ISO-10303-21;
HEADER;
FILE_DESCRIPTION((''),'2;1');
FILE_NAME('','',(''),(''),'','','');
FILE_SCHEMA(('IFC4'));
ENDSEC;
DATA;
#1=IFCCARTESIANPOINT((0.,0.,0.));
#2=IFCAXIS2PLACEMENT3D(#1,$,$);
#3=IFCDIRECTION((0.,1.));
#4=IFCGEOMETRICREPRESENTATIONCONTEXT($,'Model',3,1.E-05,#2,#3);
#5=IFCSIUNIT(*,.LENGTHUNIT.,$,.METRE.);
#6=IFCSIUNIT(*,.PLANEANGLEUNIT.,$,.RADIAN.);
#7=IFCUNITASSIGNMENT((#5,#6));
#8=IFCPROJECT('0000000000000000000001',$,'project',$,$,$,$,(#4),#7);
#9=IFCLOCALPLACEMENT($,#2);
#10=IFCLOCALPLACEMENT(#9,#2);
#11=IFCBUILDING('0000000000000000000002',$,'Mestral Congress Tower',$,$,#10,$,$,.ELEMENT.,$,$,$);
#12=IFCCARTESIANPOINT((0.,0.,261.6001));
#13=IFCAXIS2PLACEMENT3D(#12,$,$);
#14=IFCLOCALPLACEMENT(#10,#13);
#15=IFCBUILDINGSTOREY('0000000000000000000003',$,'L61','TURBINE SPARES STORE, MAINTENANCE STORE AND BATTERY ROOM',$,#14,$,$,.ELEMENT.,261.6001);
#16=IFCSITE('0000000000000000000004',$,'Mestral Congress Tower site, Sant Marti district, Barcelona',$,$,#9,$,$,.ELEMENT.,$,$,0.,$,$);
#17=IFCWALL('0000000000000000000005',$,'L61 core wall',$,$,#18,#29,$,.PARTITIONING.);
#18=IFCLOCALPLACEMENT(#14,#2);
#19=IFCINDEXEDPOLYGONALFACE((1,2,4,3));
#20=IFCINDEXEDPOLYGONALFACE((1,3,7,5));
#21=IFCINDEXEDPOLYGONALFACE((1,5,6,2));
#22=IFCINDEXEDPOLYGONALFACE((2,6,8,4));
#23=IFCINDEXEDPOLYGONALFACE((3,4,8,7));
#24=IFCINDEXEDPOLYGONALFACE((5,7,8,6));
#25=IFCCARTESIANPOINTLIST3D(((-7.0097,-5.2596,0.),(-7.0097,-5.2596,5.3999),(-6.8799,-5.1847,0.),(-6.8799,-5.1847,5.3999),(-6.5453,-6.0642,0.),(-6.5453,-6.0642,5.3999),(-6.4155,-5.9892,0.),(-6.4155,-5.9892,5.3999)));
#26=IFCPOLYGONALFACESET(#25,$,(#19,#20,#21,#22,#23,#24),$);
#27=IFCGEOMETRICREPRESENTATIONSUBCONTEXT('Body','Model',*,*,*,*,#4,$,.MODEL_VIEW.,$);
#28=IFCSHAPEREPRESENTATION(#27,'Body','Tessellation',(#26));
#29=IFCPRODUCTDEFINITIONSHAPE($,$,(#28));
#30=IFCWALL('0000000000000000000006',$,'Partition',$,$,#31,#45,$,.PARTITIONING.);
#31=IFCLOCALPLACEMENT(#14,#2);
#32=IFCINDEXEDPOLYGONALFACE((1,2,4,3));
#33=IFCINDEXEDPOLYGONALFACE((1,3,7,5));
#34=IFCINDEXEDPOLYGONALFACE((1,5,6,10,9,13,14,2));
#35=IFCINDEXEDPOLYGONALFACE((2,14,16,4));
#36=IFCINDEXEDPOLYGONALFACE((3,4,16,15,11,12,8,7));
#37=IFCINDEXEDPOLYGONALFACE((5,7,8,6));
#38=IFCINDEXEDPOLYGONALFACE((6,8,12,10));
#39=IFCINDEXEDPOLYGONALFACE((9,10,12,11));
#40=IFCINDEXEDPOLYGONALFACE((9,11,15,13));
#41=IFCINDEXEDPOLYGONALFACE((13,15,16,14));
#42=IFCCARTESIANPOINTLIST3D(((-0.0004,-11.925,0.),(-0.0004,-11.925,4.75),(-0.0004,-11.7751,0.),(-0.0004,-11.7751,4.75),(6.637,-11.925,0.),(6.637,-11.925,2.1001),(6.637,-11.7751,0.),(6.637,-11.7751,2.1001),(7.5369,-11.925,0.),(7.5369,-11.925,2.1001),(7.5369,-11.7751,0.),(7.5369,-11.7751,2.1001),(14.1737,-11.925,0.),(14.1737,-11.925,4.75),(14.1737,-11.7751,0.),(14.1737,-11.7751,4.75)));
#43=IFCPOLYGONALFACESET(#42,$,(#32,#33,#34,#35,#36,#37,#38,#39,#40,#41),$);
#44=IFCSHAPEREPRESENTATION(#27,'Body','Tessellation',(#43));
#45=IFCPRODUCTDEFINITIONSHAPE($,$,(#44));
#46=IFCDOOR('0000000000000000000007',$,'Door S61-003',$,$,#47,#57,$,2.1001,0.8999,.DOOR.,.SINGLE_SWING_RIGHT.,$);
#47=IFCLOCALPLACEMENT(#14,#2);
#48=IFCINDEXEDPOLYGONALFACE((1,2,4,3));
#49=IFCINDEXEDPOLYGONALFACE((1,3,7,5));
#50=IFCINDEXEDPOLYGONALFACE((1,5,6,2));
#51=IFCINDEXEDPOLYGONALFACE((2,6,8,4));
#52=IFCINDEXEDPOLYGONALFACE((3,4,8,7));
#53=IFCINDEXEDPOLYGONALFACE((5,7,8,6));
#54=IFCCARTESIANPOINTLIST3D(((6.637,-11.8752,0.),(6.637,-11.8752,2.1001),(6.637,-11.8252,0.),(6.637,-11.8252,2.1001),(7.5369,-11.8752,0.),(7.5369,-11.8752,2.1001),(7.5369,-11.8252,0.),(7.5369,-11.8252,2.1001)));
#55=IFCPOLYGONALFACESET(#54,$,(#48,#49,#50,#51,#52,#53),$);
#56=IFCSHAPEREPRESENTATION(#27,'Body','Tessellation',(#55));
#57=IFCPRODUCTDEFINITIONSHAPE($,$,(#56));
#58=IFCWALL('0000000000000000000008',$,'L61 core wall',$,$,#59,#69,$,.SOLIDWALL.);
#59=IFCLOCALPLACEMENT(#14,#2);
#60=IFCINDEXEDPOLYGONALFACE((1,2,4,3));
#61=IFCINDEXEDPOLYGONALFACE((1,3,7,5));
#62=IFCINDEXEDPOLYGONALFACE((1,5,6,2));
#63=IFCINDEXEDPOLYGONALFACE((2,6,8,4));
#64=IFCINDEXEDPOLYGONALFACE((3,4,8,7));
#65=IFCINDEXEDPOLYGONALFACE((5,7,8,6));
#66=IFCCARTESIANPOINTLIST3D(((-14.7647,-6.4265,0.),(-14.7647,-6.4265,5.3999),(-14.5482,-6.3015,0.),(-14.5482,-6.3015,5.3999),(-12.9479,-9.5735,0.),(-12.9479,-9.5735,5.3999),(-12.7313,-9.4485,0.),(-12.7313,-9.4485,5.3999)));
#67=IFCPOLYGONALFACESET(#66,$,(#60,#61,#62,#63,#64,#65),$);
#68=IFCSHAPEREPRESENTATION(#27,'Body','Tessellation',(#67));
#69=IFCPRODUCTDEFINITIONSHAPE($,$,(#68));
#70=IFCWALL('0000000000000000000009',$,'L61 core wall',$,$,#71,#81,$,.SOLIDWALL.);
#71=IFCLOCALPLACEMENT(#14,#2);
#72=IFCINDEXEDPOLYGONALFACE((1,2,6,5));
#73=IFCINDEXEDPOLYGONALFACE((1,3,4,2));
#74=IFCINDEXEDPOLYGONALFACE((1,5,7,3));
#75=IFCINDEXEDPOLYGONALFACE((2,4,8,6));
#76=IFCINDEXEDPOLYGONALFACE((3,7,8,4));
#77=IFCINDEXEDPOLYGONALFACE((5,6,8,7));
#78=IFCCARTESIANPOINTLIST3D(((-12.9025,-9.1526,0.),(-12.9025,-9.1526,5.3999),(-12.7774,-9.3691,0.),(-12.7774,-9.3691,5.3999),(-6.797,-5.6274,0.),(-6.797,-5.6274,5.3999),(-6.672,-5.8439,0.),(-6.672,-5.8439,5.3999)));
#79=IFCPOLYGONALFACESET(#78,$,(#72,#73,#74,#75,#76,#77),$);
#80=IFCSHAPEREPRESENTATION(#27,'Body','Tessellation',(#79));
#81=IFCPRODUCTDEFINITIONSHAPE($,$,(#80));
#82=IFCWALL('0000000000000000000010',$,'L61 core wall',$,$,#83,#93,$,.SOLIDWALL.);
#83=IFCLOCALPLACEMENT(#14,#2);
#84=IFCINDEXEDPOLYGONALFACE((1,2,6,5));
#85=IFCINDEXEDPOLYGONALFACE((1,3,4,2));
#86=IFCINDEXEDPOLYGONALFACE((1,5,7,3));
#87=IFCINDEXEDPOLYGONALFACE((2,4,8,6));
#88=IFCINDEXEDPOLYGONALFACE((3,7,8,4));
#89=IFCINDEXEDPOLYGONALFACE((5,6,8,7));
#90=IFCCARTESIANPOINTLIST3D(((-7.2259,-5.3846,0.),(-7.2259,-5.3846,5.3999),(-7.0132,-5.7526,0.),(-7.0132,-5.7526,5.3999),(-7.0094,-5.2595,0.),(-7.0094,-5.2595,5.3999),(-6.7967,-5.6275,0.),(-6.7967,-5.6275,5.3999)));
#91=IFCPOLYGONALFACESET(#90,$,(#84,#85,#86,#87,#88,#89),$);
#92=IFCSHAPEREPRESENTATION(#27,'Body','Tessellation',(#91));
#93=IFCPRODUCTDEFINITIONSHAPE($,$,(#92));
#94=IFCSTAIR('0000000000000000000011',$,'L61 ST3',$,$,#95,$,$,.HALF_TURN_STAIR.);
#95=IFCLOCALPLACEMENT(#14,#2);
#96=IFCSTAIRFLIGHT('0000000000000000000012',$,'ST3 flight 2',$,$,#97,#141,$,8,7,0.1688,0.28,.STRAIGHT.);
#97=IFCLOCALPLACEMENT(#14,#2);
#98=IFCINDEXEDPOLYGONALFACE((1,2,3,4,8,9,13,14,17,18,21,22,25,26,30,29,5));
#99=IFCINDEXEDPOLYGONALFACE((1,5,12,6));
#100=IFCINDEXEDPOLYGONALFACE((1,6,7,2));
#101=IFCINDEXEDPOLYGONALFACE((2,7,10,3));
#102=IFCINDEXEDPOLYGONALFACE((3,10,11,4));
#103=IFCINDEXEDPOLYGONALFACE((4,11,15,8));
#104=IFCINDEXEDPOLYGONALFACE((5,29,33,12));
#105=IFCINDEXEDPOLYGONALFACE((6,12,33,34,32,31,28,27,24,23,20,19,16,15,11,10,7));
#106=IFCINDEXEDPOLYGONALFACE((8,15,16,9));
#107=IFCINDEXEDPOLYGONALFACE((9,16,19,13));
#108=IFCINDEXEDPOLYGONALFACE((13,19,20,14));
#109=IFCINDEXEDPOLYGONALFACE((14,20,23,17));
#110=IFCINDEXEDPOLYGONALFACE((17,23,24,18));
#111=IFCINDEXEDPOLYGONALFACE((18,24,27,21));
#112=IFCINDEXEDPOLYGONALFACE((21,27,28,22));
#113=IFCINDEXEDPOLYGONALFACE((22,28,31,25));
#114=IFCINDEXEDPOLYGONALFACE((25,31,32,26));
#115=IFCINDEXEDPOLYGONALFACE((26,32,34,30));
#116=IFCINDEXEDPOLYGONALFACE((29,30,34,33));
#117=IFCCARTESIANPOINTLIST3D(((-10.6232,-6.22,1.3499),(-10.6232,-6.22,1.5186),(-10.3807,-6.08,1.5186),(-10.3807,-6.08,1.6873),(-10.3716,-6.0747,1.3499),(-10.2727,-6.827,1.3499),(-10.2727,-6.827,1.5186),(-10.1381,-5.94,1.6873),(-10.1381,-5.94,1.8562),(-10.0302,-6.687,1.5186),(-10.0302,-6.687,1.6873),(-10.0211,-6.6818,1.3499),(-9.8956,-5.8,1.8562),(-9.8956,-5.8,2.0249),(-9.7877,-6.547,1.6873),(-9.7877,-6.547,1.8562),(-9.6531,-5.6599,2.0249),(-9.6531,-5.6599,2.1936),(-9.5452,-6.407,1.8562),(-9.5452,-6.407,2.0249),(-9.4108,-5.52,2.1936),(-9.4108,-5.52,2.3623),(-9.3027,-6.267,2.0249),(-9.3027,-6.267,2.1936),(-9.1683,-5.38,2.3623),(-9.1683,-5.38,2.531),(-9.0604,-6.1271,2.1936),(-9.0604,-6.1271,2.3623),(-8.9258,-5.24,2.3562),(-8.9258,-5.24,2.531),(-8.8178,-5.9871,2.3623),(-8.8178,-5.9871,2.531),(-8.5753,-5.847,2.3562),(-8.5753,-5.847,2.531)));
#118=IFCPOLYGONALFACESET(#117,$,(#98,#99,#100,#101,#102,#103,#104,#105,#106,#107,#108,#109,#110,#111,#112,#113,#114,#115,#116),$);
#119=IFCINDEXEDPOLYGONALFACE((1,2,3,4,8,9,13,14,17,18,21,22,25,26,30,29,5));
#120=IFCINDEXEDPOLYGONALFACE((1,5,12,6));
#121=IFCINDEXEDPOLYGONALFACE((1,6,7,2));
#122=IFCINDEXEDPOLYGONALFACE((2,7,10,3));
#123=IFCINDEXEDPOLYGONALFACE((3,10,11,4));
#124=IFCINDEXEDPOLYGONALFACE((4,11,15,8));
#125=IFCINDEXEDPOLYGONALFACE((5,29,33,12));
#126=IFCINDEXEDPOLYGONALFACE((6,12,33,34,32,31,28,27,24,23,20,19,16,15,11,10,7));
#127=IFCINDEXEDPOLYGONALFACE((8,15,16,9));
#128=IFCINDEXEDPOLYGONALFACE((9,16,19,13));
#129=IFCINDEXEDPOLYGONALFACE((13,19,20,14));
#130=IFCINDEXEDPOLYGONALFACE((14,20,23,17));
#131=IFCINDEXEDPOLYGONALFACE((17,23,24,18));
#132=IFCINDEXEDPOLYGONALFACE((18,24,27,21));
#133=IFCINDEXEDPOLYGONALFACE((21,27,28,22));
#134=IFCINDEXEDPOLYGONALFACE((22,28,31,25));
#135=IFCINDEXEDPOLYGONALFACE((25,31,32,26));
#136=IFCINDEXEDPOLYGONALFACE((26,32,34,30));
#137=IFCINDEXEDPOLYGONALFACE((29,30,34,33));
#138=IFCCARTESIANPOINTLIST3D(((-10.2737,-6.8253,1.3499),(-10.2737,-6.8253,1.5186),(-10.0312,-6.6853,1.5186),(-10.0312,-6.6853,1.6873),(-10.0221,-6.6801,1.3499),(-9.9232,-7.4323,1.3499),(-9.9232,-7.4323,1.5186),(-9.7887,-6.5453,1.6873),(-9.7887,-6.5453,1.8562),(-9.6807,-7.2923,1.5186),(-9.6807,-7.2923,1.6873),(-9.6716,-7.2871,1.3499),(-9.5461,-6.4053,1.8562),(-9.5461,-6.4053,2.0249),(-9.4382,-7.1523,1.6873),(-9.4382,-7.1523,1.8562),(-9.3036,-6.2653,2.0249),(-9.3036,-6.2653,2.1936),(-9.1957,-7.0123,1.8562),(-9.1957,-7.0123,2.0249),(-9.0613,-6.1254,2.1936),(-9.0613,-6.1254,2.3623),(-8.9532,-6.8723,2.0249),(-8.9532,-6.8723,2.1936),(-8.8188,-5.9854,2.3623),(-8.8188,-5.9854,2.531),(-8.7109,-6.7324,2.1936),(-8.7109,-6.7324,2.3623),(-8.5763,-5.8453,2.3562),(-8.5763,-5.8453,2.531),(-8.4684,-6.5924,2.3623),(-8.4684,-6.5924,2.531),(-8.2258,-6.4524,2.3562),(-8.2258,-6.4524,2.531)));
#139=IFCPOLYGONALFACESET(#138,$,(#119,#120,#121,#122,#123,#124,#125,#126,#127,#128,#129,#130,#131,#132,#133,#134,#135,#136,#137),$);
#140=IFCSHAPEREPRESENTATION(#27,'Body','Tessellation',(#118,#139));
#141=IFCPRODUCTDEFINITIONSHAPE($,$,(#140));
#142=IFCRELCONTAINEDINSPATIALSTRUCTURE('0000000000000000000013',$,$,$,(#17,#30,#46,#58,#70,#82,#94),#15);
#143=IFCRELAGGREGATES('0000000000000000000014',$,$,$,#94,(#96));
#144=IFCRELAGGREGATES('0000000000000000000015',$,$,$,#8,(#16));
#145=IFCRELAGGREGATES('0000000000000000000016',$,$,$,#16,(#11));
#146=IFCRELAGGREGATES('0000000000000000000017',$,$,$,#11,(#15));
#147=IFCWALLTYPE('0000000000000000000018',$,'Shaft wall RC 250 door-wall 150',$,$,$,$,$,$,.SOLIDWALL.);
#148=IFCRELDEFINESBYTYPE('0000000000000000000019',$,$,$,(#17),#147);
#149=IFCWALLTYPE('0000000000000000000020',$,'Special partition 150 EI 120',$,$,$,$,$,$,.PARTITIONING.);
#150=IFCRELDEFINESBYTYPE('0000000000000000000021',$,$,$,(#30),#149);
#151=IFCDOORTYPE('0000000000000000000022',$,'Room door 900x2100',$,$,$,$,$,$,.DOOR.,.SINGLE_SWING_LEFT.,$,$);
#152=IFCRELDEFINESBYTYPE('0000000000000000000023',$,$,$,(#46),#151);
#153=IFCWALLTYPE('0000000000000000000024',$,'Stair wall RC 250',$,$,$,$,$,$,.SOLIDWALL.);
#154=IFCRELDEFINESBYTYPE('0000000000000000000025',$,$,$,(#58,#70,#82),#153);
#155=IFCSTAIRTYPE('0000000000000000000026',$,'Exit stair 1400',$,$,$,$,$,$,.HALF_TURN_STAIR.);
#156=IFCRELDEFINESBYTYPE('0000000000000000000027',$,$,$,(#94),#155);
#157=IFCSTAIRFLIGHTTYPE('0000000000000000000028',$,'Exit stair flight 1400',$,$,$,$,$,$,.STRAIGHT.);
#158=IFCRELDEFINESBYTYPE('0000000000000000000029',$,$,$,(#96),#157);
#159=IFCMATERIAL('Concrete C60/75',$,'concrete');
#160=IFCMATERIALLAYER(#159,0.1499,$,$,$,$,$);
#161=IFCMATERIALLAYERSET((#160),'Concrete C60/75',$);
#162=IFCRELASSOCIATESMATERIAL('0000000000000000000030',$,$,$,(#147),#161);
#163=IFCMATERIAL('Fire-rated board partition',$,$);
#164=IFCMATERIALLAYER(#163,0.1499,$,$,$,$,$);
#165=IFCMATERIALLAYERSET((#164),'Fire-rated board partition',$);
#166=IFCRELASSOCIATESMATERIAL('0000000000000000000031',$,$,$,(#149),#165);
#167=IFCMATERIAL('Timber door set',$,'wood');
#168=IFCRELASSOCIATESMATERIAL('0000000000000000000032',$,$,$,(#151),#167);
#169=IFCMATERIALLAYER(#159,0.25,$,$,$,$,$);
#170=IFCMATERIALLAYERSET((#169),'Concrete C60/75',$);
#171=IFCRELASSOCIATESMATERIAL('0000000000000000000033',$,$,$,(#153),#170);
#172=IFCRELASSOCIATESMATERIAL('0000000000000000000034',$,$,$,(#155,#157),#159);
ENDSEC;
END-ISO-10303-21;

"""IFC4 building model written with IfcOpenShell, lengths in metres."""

from ifc_helpers import new_model, si_unit, direction, frame, frame_2d, origin, place, context, subcontext, project, spatial, polyline, rectangle, outline, extrude, material, layer, layer_set, type_object, element, fill, aggregate, save


model = new_model("IFC4")

# Units and contexts
model_context = context("Model", 3, precision=1e-05, world=origin(), true_north=direction((0.0, 1.0)))
body_context = subcontext(model_context, "Body", "Model", "MODEL_VIEW")
ifc_project = project(units=[si_unit("LENGTHUNIT", "METRE"), si_unit("PLANEANGLEUNIT", "RADIAN")], contexts=[model_context])

# Site, building, storey
site_placement = place(None, origin())
site = spatial("IfcSite", under=ifc_project, at=site_placement, Name="Mestral Congress Tower site, Sant Marti district, Barcelona", CompositionType="ELEMENT", RefElevation=0.0)
building_placement = place(site_placement, origin())
building = spatial("IfcBuilding", under=site, at=building_placement, Name="Mestral Congress Tower", CompositionType="ELEMENT")
storey_placement = place(building_placement, frame((0.0, 0.0, 261.6001)))
storey = spatial("IfcBuildingStorey", under=building, at=storey_placement, Name="L61", Description="TURBINE SPARES STORE, MAINTENANCE STORE AND BATTERY ROOM", CompositionType="ELEMENT", Elevation=261.6001)

# Shared definitions
placement = place(storey_placement, origin())

# Shared definitions
ifc_material_1 = material(Name="Concrete C60/75", Category="concrete")

# Wall
ifc_layer_1 = layer(ifc_material_1, 0.1499)
ifc_layer_set_1 = layer_set([ifc_layer_1], Name="Concrete C60/75")
wall_type_1 = type_object("IfcWallType", Name="Shaft wall RC 250 door-wall 150", PredefinedType="SOLIDWALL", material=ifc_layer_set_1)
wall_1_placement = place(storey_placement, frame((-6.4805, -6.0266, 0.0), z_axis=(0.0, 0.0, 1.0), x_axis=(-0.499927, 0.866067, 0.0)))
element("IfcWall", 1, at=wall_1_placement, inside=storey, type_object=wall_type_1, Name="L61 core wall", PredefinedType="PARTITIONING", context=body_context, shape_type="SweptSolid", body=[
    extrude(rectangle(XDim=0.929, YDim=0.1499, at=frame_2d((0.4644, 0.0))), origin(), (0.0, 0.0, 1.0), 5.3999),
])

# Wall, opening, door
ifc_material_2 = material(Name="Fire-rated board partition")
ifc_layer_2 = layer(ifc_material_2, 0.1499)
ifc_layer_set_2 = layer_set([ifc_layer_2], Name="Fire-rated board partition")
wall_type_2 = type_object("IfcWallType", Name="Special partition 150 EI 120", PredefinedType="PARTITIONING", material=ifc_layer_set_2)
wall_2_placement = place(storey_placement, frame((-0.0002, -11.8501, 0.0), z_axis=(0.0, 0.0, 1.0), x_axis=(1.0, 0.0, 0.0)))
wall_2 = element("IfcWall", 2, at=wall_2_placement, inside=storey, type_object=wall_type_2, Name="Partition", PredefinedType="PARTITIONING", context=body_context, shape_type="SweptSolid", body=[
    extrude(rectangle(XDim=14.1741, YDim=0.1499, at=frame_2d((7.0869, 0.0))), origin(), (0.0, 0.0, 1.0), 4.75),
])
opening_1_placement = place(wall_2_placement, frame((6.6372, 0.0, 0.0)))
opening_1 = element("IfcOpeningElement", 3, at=opening_1_placement, cuts=wall_2, PredefinedType="OPENING", context=body_context, shape_type="SweptSolid", body=[
    extrude(rectangle(XDim=0.8999, YDim=2.1001, at=frame_2d((0.45, 1.05))), frame((0.0, 0.085, 0.0), z_axis=(0.0, -1.0, 0.0), x_axis=(1.0, 0.0, 0.0)), (0.0, 0.0, 1.0), 0.1699),
])
ifc_material_3 = material(Name="Timber door set", Category="wood")
door_type_1 = type_object("IfcDoorType", Name="Room door 900x2100", OperationType="SINGLE_SWING_LEFT", PredefinedType="DOOR", material=ifc_material_3)
door_1_placement = place(opening_1_placement, origin())
door_1 = element("IfcDoor", 4, at=door_1_placement, inside=storey, type_object=door_type_1, Name="Door S61-003", OperationType="SINGLE_SWING_RIGHT", OverallHeight=2.1001, OverallWidth=0.8999, PredefinedType="DOOR", context=body_context, shape_type="SweptSolid", body=[
    extrude(rectangle(XDim=0.8999, YDim=2.1001, at=frame_2d((0.45, 1.05))), frame((0.0, 0.0249, 0.0), z_axis=(0.0, -1.0, 0.0), x_axis=(1.0, 0.0, 0.0)), (0.0, 0.0, 1.0), 0.05),
])
fill(opening_1, door_1)

# Walls
ifc_layer_3 = layer(ifc_material_1, 0.25)
ifc_layer_set_3 = layer_set([ifc_layer_3], Name="Concrete C60/75")
wall_type_3 = type_object("IfcWallType", Name="Stair wall RC 250", PredefinedType="SOLIDWALL", material=ifc_layer_set_3)
wall_3_placement = place(storey_placement, frame((-12.8396, -9.511, 0.0), z_axis=(0.0, 0.0, 1.0), x_axis=(-0.499998, 0.866027, 0.0)))
element("IfcWall", 5, at=wall_3_placement, inside=storey, type_object=wall_type_3, Name="L61 core wall", PredefinedType="SOLIDWALL", context=body_context, shape_type="SweptSolid", body=[
    extrude(rectangle(XDim=3.6338, YDim=0.25, at=frame_2d((1.8169, 0.0))), origin(), (0.0, 0.0, 1.0), 5.3999),
])
wall_4_placement = place(storey_placement, frame((-12.8398, -9.2607, 0.0), z_axis=(0.0, 0.0, 1.0), x_axis=(0.866016, 0.500016, 0.0)))
element("IfcWall", 6, at=wall_4_placement, inside=storey, type_object=wall_type_3, Name="L61 core wall", PredefinedType="SOLIDWALL", context=body_context, shape_type="SweptSolid", body=[
    extrude(rectangle(XDim=7.05, YDim=0.25, at=frame_2d((3.5249, 0.0))), origin(), (0.0, 0.0, 1.0), 5.3999),
])
wall_5_placement = place(storey_placement, frame((-6.905, -5.6899, 0.0), z_axis=(0.0, 0.0, 1.0), x_axis=(-0.500402, 0.865793, 0.0)))
element("IfcWall", 7, at=wall_5_placement, inside=storey, type_object=wall_type_3, Name="L61 core wall", PredefinedType="SOLIDWALL", context=body_context, shape_type="SweptSolid", body=[
    extrude(rectangle(XDim=0.425, YDim=0.25, at=frame_2d((0.2124, 0.0))), origin(), (0.0, 0.0, 1.0), 5.3999),
])

# Stair, stair flight
stair_type = type_object("IfcStairType", Name="Exit stair 1400", PredefinedType="HALF_TURN_STAIR", material=ifc_material_1)
stair = element("IfcStair", 8, at=placement, inside=storey, type_object=stair_type, Name="L61 ST3", PredefinedType="HALF_TURN_STAIR")
stair_flight_type = type_object("IfcStairFlightType", Name="Exit stair flight 1400", PredefinedType="STRAIGHT", material=ifc_material_1)
stair_flight_1_placement = place(storey_placement, frame((-10.2732, -6.8262, 1.3499), z_axis=(0.0, 0.0, 1.0), x_axis=(0.866025, 0.5, 0.0)))
stair_flight_1 = element("IfcStairFlight", 9, at=stair_flight_1_placement, type_object=stair_flight_type, Name="ST3 flight 2", NumberOfRisers=8, NumberOfTreads=7, PredefinedType="STRAIGHT", RiserHeight=0.1688, TreadLength=0.28, context=body_context, shape_type="SweptSolid", body=[
    extrude(outline(polyline([(0.0, 0.0), (0.0, 0.1687), (0.28, 0.1687), (0.28, 0.3374), (0.5601, 0.3374), (0.5601, 0.5063), (0.8401, 0.5063), (0.8401, 0.675), (1.1201, 0.675), (1.1201, 0.8438), (1.3999, 0.8438), (1.3999, 1.0125), (1.6799, 1.0125), (1.6799, 1.1812), (1.96, 1.1812), (1.96, 1.3501), (1.96, 1.0063), (0.2905, 0.0), (0.0, 0.0)])), frame((0.0, 0.7, 0.0), z_axis=(0.0, -1.0, 0.0), x_axis=(1.0, 0.0, 0.0)), (0.0, 0.0, 1.0), 0.7009),
    extrude(outline(polyline([(0.0, 0.0), (0.0, 0.1687), (0.28, 0.1687), (0.28, 0.3374), (0.5601, 0.3374), (0.5601, 0.5063), (0.8401, 0.5063), (0.8401, 0.675), (1.1201, 0.675), (1.1201, 0.8438), (1.3999, 0.8438), (1.3999, 1.0125), (1.6799, 1.0125), (1.6799, 1.1812), (1.96, 1.1812), (1.96, 1.3501), (1.96, 1.0063), (0.2905, 0.0), (0.0, 0.0)])), frame((0.0, 0.001, 0.0), z_axis=(0.0, -1.0, 0.0), x_axis=(1.0, 0.0, 0.0)), (0.0, 0.0, 1.0), 0.7009),
])
aggregate(stair, [stair_flight_1])

save(model, "model.ifc")
